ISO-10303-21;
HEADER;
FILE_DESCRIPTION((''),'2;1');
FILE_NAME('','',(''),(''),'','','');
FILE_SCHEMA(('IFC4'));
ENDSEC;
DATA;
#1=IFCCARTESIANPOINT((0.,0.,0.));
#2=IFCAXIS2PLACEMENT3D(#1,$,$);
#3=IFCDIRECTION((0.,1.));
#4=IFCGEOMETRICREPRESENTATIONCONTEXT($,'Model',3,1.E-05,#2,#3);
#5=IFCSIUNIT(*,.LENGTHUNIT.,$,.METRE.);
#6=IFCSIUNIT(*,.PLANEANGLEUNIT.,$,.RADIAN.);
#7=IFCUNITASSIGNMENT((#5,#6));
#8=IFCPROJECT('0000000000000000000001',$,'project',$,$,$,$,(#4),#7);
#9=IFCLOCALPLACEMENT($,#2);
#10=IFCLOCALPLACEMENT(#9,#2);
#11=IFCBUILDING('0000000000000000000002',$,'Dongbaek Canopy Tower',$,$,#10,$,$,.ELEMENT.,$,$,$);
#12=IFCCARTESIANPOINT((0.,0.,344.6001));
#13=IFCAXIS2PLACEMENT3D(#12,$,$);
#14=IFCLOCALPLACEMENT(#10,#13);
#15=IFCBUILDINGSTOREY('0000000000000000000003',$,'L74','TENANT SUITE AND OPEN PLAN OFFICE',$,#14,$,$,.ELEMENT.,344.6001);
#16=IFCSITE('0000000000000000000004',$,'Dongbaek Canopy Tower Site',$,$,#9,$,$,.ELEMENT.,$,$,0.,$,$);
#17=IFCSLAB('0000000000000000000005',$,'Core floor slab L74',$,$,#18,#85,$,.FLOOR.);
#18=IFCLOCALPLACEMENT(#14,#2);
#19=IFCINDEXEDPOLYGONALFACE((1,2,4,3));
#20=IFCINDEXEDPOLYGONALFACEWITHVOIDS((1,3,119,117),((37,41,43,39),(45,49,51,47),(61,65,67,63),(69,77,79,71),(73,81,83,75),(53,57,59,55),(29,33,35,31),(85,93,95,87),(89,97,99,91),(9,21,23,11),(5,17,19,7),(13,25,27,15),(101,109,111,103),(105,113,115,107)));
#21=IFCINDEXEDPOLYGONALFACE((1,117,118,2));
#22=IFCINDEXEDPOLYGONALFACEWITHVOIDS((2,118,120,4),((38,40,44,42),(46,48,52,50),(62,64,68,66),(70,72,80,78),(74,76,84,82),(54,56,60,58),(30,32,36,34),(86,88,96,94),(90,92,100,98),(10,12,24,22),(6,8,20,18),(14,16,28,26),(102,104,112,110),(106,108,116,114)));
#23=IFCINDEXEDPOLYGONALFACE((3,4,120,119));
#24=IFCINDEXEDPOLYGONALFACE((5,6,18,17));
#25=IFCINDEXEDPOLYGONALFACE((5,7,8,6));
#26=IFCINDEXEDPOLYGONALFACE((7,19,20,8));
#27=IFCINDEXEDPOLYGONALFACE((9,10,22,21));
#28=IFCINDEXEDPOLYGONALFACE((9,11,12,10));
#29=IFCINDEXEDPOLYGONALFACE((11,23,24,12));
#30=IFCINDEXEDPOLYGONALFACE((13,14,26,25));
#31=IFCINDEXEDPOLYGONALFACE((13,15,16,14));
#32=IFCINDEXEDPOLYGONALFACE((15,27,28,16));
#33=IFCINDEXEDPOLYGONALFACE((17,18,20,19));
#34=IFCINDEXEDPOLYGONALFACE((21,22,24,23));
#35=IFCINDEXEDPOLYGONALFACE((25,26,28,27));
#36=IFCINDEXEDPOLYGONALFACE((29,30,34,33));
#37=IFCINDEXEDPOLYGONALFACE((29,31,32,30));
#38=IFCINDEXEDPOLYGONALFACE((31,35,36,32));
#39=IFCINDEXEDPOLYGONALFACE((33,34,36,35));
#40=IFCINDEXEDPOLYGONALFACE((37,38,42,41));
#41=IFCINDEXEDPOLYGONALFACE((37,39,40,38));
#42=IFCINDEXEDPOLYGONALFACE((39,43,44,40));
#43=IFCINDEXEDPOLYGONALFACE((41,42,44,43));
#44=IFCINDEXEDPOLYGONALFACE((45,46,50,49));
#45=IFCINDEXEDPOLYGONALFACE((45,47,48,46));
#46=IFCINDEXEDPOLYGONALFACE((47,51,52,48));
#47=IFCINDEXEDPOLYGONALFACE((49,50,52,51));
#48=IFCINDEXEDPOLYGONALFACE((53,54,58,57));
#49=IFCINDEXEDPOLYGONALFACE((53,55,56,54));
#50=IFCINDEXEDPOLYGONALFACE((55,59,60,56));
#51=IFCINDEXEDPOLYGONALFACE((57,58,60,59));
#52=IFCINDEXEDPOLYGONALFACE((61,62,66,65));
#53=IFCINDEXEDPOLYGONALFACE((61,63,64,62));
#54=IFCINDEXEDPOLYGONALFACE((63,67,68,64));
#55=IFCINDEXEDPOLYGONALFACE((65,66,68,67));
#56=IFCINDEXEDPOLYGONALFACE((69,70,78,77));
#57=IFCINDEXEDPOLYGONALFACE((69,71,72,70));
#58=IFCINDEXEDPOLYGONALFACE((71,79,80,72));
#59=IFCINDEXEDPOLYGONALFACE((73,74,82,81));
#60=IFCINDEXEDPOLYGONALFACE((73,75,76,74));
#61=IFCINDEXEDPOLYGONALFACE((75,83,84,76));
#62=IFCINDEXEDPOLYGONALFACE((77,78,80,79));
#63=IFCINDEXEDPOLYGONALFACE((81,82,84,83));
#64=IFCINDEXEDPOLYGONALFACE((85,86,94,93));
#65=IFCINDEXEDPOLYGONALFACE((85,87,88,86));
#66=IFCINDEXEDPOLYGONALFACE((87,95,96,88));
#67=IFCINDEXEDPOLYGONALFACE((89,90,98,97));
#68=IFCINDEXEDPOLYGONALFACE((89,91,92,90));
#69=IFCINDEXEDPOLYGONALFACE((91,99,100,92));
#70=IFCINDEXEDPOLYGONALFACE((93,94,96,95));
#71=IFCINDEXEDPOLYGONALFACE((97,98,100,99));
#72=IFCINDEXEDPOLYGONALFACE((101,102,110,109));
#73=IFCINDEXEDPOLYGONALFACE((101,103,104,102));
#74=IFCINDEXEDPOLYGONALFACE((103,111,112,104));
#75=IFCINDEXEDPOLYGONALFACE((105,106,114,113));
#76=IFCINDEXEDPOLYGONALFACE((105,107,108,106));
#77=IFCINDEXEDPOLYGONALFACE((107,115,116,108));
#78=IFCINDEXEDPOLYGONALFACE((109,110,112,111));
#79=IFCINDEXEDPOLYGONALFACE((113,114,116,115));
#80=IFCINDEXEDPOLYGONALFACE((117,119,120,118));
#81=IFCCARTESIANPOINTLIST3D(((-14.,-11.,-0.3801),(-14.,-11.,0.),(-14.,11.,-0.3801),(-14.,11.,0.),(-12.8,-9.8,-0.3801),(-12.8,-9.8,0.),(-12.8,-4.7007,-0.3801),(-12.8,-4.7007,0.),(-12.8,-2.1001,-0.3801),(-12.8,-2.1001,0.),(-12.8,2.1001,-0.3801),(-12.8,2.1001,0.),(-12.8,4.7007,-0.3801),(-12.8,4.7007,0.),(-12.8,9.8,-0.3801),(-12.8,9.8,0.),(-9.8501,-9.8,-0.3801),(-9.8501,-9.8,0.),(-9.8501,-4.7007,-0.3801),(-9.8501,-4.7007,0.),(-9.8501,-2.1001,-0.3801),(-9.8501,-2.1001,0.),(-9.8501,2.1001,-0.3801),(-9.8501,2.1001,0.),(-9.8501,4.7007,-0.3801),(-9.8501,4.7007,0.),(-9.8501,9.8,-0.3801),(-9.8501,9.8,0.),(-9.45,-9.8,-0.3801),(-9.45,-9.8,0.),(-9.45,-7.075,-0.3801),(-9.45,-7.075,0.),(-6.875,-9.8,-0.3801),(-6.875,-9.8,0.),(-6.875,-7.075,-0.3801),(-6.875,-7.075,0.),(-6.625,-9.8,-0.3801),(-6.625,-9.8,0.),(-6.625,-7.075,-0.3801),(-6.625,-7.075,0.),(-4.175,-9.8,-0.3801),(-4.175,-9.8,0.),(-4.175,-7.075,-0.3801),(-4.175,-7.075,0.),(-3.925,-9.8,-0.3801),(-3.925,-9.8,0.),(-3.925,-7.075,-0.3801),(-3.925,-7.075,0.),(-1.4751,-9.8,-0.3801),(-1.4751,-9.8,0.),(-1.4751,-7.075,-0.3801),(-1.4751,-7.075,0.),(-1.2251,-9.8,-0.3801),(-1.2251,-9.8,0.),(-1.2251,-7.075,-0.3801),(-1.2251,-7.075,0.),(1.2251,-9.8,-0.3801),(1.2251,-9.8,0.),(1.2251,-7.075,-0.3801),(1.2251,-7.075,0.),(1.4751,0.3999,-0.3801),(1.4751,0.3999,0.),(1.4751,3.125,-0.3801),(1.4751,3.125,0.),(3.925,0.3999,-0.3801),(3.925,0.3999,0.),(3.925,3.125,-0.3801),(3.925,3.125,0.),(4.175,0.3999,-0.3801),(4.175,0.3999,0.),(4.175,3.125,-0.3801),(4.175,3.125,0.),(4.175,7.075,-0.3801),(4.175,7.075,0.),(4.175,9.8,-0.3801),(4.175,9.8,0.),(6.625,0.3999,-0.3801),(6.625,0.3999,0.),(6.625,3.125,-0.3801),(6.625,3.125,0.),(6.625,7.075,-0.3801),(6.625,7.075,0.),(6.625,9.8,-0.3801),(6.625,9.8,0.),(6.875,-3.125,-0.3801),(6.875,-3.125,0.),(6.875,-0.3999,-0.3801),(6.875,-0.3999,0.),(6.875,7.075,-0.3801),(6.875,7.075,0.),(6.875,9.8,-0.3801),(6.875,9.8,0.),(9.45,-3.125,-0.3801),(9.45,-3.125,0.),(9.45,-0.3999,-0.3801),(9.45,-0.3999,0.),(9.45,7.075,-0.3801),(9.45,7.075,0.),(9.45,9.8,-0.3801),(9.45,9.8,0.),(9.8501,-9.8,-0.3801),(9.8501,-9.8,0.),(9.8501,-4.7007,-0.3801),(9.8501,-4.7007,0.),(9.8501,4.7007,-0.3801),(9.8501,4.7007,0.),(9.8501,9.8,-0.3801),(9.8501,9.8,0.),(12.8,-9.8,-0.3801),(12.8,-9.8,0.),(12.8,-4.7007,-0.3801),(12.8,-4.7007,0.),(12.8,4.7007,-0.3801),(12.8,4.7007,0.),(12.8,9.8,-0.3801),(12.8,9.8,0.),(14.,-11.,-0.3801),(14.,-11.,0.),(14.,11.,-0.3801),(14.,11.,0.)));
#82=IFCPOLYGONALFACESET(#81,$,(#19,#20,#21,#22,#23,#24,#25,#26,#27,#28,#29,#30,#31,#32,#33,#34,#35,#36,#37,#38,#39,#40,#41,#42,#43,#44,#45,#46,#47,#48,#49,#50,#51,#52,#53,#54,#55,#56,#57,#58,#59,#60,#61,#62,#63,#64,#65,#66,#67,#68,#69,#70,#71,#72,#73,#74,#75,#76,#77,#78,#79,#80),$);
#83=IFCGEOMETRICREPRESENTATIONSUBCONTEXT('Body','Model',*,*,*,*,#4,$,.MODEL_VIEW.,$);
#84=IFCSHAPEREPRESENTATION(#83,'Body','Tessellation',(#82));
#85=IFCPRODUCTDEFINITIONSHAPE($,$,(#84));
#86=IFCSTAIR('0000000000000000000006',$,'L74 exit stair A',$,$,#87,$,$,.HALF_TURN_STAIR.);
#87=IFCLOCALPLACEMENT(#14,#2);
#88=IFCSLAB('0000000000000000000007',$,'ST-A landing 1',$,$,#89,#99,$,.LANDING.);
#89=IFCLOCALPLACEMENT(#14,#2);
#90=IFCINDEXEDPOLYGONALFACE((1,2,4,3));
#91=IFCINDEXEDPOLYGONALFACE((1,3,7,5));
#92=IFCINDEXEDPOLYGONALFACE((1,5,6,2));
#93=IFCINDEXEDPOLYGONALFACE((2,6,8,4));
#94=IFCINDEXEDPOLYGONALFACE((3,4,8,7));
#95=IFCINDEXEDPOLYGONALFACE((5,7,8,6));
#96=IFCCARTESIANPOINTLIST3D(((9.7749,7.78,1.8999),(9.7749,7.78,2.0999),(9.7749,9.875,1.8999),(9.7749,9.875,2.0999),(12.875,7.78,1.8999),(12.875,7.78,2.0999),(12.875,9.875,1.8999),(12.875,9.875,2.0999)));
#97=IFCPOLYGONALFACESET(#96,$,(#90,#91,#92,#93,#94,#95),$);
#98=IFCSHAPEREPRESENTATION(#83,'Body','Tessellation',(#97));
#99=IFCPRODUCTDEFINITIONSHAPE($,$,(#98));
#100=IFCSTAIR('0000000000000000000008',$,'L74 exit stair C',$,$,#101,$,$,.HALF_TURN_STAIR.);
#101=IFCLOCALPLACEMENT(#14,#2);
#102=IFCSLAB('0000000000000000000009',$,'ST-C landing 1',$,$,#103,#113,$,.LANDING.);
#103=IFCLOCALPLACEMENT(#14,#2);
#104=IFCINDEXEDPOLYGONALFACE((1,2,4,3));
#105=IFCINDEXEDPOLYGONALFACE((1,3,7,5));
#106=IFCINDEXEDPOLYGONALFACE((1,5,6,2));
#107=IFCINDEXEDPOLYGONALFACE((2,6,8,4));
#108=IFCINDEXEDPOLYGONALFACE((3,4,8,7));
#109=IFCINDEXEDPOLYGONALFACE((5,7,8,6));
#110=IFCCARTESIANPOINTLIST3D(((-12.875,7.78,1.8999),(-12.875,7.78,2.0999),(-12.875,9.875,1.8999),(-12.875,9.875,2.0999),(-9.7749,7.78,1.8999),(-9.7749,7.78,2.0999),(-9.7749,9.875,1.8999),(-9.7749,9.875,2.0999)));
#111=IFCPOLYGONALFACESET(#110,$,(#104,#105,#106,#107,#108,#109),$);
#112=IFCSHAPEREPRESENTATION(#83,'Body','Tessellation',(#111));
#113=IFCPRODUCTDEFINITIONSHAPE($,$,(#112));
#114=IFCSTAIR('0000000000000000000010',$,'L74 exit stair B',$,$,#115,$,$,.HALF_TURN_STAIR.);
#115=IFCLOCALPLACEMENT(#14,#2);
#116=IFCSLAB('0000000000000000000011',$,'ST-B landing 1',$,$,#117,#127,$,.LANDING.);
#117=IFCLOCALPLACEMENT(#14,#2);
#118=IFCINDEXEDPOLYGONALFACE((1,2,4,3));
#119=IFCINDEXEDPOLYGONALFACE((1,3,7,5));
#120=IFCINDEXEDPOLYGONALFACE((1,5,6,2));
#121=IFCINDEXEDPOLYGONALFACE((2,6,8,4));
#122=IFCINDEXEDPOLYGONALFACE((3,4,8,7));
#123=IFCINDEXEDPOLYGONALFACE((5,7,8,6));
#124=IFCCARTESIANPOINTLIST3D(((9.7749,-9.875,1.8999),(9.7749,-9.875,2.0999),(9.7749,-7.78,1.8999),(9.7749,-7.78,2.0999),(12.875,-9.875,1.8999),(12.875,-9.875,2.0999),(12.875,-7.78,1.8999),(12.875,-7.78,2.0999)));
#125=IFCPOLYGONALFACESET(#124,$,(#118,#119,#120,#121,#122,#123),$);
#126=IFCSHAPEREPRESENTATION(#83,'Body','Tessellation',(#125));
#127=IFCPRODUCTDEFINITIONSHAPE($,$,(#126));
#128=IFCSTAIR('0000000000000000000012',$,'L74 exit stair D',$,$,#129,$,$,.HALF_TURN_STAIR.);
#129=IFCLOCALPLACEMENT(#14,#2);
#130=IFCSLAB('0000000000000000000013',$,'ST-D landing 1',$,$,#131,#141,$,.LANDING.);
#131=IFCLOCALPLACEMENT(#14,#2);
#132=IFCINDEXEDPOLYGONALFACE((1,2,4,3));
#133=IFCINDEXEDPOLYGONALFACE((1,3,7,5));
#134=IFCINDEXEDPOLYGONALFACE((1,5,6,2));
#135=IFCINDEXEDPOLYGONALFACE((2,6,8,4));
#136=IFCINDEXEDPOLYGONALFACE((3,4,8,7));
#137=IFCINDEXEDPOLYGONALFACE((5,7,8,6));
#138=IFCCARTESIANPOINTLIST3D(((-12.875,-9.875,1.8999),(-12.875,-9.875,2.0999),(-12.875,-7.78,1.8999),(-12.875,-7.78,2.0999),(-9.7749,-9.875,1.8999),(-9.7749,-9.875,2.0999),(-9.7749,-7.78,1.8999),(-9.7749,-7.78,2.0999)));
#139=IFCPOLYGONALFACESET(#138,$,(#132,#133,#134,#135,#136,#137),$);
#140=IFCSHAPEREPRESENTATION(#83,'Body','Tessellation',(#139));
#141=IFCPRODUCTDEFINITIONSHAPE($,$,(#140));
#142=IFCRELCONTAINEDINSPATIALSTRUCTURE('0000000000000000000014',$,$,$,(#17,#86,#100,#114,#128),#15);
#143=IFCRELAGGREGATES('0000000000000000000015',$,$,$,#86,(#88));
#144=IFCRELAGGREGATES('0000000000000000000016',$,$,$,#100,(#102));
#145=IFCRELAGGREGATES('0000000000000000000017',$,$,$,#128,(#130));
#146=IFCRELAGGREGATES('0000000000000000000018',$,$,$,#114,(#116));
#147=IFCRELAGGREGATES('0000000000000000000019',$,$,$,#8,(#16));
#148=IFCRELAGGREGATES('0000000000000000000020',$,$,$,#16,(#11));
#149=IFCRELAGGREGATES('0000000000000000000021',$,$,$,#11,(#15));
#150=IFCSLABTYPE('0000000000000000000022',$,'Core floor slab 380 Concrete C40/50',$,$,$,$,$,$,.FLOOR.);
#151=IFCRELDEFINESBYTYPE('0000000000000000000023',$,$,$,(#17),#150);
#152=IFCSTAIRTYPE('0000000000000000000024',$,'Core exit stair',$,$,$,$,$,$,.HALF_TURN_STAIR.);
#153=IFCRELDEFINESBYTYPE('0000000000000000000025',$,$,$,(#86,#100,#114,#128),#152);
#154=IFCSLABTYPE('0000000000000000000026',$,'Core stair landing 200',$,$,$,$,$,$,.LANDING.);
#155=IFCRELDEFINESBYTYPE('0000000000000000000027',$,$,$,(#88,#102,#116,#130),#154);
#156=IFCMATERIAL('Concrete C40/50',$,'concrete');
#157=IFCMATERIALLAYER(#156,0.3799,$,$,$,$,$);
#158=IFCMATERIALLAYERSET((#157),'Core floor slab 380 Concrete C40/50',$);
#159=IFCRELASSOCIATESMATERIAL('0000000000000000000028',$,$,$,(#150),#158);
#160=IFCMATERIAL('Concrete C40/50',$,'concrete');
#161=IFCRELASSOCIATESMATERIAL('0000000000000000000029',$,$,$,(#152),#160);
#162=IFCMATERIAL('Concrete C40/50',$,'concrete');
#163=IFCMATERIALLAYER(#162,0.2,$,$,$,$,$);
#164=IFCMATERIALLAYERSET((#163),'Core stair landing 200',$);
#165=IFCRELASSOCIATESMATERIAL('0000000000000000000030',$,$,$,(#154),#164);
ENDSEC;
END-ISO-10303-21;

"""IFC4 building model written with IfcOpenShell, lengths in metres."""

from ifc_helpers import new_model, si_unit, direction, frame, origin, place, context, subcontext, project, spatial, polyline, outline, extrude, material, layer, layer_set, type_object, element, aggregate, save


model = new_model("IFC4")

# Units and contexts
model_context = context("Model", 3, precision=1e-05, world=origin(), true_north=direction((0.0, 1.0)))
body_context = subcontext(model_context, "Body", "Model", "MODEL_VIEW")
ifc_project = project(units=[si_unit("LENGTHUNIT", "METRE"), si_unit("PLANEANGLEUNIT", "RADIAN")], contexts=[model_context])

# Site, building, storey
site_placement = place(None, origin())
site = spatial("IfcSite", under=ifc_project, at=site_placement, Name="Dongbaek Canopy Tower Site", CompositionType="ELEMENT", RefElevation=0.0)
building_placement = place(site_placement, origin())
building = spatial("IfcBuilding", under=site, at=building_placement, Name="Dongbaek Canopy Tower", CompositionType="ELEMENT")
storey_placement = place(building_placement, frame((0.0, 0.0, 344.6001)))
storey = spatial("IfcBuildingStorey", under=building, at=storey_placement, Name="L74", Description="TENANT SUITE AND OPEN PLAN OFFICE", CompositionType="ELEMENT", Elevation=344.6001)

# Slab
ifc_material_1 = material(Name="Concrete C40/50", Category="concrete")
ifc_layer_1 = layer(ifc_material_1, 0.3799)
ifc_layer_set_1 = layer_set([ifc_layer_1], Name="Core floor slab 380 Concrete C40/50")
slab_type_1 = type_object("IfcSlabType", Name="Core floor slab 380 Concrete C40/50", PredefinedType="FLOOR", material=ifc_layer_set_1)
slab_1_placement = place(storey_placement, frame((0.0, 0.0, -0.3801)))
element("IfcSlab", 1, at=slab_1_placement, inside=storey, type_object=slab_type_1, Name="Core floor slab L74", PredefinedType="FLOOR", context=body_context, shape_type="SweptSolid", body=[
    extrude(outline(polyline([(14.0, -11.0), (14.0, 11.0), (-14.0, 11.0), (-14.0, -11.0), (14.0, -11.0)]), holes=[polyline([(-12.8, 2.1001), (-9.8501, 2.1001), (-9.8501, -2.1001), (-12.8, -2.1001), (-12.8, 2.1001)]), polyline([(6.625, 9.8), (6.625, 7.075), (4.175, 7.075), (4.175, 9.8), (6.625, 9.8)]), polyline([(9.45, 7.075), (6.875, 7.075), (6.875, 9.8), (9.45, 9.8), (9.45, 7.075)]), polyline([(1.4751, 3.125), (3.925, 3.125), (3.925, 0.3999), (1.4751, 0.3999), (1.4751, 3.125)]), polyline([(4.175, 0.3999), (4.175, 3.125), (6.625, 3.125), (6.625, 0.3999), (4.175, 0.3999)]), polyline([(9.45, -3.125), (6.875, -3.125), (6.875, -0.3999), (9.45, -0.3999), (9.45, -3.125)]), polyline([(-9.45, -7.075), (-6.875, -7.075), (-6.875, -9.8), (-9.45, -9.8), (-9.45, -7.075)]), polyline([(-6.625, -9.8), (-6.625, -7.075), (-4.175, -7.075), (-4.175, -9.8), (-6.625, -9.8)]), polyline([(-3.925, -9.8), (-3.925, -7.075), (-1.4751, -7.075), (-1.4751, -9.8), (-3.925, -9.8)]), polyline([(-1.2251, -9.8), (-1.2251, -7.075), (1.2251, -7.075), (1.2251, -9.8), (-1.2251, -9.8)]), polyline([(12.8, 4.7007), (12.8, 9.8), (9.8501, 9.8), (9.8501, 4.7007), (12.8, 4.7007)]), polyline([(-9.8501, 4.7007), (-9.8501, 9.8), (-12.8, 9.8), (-12.8, 4.7007), (-9.8501, 4.7007)]), polyline([(9.8501, -4.7007), (9.8501, -9.8), (12.8, -9.8), (12.8, -4.7007), (9.8501, -4.7007)]), polyline([(-12.8, -4.7007), (-12.8, -9.8), (-9.8501, -9.8), (-9.8501, -4.7007), (-12.8, -4.7007)])]), origin(), (0.0, 0.0, 1.0), 0.3801),
])

# Stairs, slabs
ifc_material_2 = material(Name="Concrete C40/50", Category="concrete")
stair_type = type_object("IfcStairType", Name="Core exit stair", PredefinedType="HALF_TURN_STAIR", material=ifc_material_2)
stair_1_placement = place(storey_placement, origin())
stair_1 = element("IfcStair", 2, at=stair_1_placement, inside=storey, type_object=stair_type, Name="L74 exit stair A", PredefinedType="HALF_TURN_STAIR")
ifc_material_3 = material(Name="Concrete C40/50", Category="concrete")
ifc_layer_2 = layer(ifc_material_3, 0.2)
ifc_layer_set_2 = layer_set([ifc_layer_2], Name="Core stair landing 200")
slab_type_2 = type_object("IfcSlabType", Name="Core stair landing 200", PredefinedType="LANDING", material=ifc_layer_set_2)
slab_2_placement = place(storey_placement, frame((0.0, 0.0, 1.8999)))
slab_2 = element("IfcSlab", 3, at=slab_2_placement, type_object=slab_type_2, Name="ST-A landing 1", PredefinedType="LANDING", context=body_context, shape_type="SweptSolid", body=[
    extrude(outline(polyline([(12.875, 7.78), (12.875, 9.875), (9.7749, 9.875), (9.7749, 7.78), (12.875, 7.78)])), origin(), (0.0, 0.0, 1.0), 0.2),
])
aggregate(stair_1, [slab_2])
stair_2_placement = place(storey_placement, origin())
stair_2 = element("IfcStair", 4, at=stair_2_placement, inside=storey, type_object=stair_type, Name="L74 exit stair C", PredefinedType="HALF_TURN_STAIR")
slab_3_placement = place(storey_placement, frame((0.0, 0.0, 1.8999)))
slab_3 = element("IfcSlab", 5, at=slab_3_placement, type_object=slab_type_2, Name="ST-C landing 1", PredefinedType="LANDING", context=body_context, shape_type="SweptSolid", body=[
    extrude(outline(polyline([(-9.7749, 7.78), (-9.7749, 9.875), (-12.875, 9.875), (-12.875, 7.78), (-9.7749, 7.78)])), origin(), (0.0, 0.0, 1.0), 0.2),
])
aggregate(stair_2, [slab_3])
stair_3_placement = place(storey_placement, origin())
stair_3 = element("IfcStair", 6, at=stair_3_placement, inside=storey, type_object=stair_type, Name="L74 exit stair B", PredefinedType="HALF_TURN_STAIR")
slab_4_placement = place(storey_placement, frame((0.0, 0.0, 1.8999)))
slab_4 = element("IfcSlab", 7, at=slab_4_placement, type_object=slab_type_2, Name="ST-B landing 1", PredefinedType="LANDING", context=body_context, shape_type="SweptSolid", body=[
    extrude(outline(polyline([(9.7749, -7.78), (9.7749, -9.875), (12.875, -9.875), (12.875, -7.78), (9.7749, -7.78)])), origin(), (0.0, 0.0, 1.0), 0.2),
])
stair_4_placement = place(storey_placement, origin())
stair_4 = element("IfcStair", 8, at=stair_4_placement, inside=storey, type_object=stair_type, Name="L74 exit stair D", PredefinedType="HALF_TURN_STAIR")
slab_5_placement = place(storey_placement, frame((0.0, 0.0, 1.8999)))
slab_5 = element("IfcSlab", 9, at=slab_5_placement, type_object=slab_type_2, Name="ST-D landing 1", PredefinedType="LANDING", context=body_context, shape_type="SweptSolid", body=[
    extrude(outline(polyline([(-12.875, -7.78), (-12.875, -9.875), (-9.7749, -9.875), (-9.7749, -7.78), (-12.875, -7.78)])), origin(), (0.0, 0.0, 1.0), 0.2),
])
aggregate(stair_4, [slab_5])

aggregate(stair_3, [slab_4])

save(model, "model.ifc")
